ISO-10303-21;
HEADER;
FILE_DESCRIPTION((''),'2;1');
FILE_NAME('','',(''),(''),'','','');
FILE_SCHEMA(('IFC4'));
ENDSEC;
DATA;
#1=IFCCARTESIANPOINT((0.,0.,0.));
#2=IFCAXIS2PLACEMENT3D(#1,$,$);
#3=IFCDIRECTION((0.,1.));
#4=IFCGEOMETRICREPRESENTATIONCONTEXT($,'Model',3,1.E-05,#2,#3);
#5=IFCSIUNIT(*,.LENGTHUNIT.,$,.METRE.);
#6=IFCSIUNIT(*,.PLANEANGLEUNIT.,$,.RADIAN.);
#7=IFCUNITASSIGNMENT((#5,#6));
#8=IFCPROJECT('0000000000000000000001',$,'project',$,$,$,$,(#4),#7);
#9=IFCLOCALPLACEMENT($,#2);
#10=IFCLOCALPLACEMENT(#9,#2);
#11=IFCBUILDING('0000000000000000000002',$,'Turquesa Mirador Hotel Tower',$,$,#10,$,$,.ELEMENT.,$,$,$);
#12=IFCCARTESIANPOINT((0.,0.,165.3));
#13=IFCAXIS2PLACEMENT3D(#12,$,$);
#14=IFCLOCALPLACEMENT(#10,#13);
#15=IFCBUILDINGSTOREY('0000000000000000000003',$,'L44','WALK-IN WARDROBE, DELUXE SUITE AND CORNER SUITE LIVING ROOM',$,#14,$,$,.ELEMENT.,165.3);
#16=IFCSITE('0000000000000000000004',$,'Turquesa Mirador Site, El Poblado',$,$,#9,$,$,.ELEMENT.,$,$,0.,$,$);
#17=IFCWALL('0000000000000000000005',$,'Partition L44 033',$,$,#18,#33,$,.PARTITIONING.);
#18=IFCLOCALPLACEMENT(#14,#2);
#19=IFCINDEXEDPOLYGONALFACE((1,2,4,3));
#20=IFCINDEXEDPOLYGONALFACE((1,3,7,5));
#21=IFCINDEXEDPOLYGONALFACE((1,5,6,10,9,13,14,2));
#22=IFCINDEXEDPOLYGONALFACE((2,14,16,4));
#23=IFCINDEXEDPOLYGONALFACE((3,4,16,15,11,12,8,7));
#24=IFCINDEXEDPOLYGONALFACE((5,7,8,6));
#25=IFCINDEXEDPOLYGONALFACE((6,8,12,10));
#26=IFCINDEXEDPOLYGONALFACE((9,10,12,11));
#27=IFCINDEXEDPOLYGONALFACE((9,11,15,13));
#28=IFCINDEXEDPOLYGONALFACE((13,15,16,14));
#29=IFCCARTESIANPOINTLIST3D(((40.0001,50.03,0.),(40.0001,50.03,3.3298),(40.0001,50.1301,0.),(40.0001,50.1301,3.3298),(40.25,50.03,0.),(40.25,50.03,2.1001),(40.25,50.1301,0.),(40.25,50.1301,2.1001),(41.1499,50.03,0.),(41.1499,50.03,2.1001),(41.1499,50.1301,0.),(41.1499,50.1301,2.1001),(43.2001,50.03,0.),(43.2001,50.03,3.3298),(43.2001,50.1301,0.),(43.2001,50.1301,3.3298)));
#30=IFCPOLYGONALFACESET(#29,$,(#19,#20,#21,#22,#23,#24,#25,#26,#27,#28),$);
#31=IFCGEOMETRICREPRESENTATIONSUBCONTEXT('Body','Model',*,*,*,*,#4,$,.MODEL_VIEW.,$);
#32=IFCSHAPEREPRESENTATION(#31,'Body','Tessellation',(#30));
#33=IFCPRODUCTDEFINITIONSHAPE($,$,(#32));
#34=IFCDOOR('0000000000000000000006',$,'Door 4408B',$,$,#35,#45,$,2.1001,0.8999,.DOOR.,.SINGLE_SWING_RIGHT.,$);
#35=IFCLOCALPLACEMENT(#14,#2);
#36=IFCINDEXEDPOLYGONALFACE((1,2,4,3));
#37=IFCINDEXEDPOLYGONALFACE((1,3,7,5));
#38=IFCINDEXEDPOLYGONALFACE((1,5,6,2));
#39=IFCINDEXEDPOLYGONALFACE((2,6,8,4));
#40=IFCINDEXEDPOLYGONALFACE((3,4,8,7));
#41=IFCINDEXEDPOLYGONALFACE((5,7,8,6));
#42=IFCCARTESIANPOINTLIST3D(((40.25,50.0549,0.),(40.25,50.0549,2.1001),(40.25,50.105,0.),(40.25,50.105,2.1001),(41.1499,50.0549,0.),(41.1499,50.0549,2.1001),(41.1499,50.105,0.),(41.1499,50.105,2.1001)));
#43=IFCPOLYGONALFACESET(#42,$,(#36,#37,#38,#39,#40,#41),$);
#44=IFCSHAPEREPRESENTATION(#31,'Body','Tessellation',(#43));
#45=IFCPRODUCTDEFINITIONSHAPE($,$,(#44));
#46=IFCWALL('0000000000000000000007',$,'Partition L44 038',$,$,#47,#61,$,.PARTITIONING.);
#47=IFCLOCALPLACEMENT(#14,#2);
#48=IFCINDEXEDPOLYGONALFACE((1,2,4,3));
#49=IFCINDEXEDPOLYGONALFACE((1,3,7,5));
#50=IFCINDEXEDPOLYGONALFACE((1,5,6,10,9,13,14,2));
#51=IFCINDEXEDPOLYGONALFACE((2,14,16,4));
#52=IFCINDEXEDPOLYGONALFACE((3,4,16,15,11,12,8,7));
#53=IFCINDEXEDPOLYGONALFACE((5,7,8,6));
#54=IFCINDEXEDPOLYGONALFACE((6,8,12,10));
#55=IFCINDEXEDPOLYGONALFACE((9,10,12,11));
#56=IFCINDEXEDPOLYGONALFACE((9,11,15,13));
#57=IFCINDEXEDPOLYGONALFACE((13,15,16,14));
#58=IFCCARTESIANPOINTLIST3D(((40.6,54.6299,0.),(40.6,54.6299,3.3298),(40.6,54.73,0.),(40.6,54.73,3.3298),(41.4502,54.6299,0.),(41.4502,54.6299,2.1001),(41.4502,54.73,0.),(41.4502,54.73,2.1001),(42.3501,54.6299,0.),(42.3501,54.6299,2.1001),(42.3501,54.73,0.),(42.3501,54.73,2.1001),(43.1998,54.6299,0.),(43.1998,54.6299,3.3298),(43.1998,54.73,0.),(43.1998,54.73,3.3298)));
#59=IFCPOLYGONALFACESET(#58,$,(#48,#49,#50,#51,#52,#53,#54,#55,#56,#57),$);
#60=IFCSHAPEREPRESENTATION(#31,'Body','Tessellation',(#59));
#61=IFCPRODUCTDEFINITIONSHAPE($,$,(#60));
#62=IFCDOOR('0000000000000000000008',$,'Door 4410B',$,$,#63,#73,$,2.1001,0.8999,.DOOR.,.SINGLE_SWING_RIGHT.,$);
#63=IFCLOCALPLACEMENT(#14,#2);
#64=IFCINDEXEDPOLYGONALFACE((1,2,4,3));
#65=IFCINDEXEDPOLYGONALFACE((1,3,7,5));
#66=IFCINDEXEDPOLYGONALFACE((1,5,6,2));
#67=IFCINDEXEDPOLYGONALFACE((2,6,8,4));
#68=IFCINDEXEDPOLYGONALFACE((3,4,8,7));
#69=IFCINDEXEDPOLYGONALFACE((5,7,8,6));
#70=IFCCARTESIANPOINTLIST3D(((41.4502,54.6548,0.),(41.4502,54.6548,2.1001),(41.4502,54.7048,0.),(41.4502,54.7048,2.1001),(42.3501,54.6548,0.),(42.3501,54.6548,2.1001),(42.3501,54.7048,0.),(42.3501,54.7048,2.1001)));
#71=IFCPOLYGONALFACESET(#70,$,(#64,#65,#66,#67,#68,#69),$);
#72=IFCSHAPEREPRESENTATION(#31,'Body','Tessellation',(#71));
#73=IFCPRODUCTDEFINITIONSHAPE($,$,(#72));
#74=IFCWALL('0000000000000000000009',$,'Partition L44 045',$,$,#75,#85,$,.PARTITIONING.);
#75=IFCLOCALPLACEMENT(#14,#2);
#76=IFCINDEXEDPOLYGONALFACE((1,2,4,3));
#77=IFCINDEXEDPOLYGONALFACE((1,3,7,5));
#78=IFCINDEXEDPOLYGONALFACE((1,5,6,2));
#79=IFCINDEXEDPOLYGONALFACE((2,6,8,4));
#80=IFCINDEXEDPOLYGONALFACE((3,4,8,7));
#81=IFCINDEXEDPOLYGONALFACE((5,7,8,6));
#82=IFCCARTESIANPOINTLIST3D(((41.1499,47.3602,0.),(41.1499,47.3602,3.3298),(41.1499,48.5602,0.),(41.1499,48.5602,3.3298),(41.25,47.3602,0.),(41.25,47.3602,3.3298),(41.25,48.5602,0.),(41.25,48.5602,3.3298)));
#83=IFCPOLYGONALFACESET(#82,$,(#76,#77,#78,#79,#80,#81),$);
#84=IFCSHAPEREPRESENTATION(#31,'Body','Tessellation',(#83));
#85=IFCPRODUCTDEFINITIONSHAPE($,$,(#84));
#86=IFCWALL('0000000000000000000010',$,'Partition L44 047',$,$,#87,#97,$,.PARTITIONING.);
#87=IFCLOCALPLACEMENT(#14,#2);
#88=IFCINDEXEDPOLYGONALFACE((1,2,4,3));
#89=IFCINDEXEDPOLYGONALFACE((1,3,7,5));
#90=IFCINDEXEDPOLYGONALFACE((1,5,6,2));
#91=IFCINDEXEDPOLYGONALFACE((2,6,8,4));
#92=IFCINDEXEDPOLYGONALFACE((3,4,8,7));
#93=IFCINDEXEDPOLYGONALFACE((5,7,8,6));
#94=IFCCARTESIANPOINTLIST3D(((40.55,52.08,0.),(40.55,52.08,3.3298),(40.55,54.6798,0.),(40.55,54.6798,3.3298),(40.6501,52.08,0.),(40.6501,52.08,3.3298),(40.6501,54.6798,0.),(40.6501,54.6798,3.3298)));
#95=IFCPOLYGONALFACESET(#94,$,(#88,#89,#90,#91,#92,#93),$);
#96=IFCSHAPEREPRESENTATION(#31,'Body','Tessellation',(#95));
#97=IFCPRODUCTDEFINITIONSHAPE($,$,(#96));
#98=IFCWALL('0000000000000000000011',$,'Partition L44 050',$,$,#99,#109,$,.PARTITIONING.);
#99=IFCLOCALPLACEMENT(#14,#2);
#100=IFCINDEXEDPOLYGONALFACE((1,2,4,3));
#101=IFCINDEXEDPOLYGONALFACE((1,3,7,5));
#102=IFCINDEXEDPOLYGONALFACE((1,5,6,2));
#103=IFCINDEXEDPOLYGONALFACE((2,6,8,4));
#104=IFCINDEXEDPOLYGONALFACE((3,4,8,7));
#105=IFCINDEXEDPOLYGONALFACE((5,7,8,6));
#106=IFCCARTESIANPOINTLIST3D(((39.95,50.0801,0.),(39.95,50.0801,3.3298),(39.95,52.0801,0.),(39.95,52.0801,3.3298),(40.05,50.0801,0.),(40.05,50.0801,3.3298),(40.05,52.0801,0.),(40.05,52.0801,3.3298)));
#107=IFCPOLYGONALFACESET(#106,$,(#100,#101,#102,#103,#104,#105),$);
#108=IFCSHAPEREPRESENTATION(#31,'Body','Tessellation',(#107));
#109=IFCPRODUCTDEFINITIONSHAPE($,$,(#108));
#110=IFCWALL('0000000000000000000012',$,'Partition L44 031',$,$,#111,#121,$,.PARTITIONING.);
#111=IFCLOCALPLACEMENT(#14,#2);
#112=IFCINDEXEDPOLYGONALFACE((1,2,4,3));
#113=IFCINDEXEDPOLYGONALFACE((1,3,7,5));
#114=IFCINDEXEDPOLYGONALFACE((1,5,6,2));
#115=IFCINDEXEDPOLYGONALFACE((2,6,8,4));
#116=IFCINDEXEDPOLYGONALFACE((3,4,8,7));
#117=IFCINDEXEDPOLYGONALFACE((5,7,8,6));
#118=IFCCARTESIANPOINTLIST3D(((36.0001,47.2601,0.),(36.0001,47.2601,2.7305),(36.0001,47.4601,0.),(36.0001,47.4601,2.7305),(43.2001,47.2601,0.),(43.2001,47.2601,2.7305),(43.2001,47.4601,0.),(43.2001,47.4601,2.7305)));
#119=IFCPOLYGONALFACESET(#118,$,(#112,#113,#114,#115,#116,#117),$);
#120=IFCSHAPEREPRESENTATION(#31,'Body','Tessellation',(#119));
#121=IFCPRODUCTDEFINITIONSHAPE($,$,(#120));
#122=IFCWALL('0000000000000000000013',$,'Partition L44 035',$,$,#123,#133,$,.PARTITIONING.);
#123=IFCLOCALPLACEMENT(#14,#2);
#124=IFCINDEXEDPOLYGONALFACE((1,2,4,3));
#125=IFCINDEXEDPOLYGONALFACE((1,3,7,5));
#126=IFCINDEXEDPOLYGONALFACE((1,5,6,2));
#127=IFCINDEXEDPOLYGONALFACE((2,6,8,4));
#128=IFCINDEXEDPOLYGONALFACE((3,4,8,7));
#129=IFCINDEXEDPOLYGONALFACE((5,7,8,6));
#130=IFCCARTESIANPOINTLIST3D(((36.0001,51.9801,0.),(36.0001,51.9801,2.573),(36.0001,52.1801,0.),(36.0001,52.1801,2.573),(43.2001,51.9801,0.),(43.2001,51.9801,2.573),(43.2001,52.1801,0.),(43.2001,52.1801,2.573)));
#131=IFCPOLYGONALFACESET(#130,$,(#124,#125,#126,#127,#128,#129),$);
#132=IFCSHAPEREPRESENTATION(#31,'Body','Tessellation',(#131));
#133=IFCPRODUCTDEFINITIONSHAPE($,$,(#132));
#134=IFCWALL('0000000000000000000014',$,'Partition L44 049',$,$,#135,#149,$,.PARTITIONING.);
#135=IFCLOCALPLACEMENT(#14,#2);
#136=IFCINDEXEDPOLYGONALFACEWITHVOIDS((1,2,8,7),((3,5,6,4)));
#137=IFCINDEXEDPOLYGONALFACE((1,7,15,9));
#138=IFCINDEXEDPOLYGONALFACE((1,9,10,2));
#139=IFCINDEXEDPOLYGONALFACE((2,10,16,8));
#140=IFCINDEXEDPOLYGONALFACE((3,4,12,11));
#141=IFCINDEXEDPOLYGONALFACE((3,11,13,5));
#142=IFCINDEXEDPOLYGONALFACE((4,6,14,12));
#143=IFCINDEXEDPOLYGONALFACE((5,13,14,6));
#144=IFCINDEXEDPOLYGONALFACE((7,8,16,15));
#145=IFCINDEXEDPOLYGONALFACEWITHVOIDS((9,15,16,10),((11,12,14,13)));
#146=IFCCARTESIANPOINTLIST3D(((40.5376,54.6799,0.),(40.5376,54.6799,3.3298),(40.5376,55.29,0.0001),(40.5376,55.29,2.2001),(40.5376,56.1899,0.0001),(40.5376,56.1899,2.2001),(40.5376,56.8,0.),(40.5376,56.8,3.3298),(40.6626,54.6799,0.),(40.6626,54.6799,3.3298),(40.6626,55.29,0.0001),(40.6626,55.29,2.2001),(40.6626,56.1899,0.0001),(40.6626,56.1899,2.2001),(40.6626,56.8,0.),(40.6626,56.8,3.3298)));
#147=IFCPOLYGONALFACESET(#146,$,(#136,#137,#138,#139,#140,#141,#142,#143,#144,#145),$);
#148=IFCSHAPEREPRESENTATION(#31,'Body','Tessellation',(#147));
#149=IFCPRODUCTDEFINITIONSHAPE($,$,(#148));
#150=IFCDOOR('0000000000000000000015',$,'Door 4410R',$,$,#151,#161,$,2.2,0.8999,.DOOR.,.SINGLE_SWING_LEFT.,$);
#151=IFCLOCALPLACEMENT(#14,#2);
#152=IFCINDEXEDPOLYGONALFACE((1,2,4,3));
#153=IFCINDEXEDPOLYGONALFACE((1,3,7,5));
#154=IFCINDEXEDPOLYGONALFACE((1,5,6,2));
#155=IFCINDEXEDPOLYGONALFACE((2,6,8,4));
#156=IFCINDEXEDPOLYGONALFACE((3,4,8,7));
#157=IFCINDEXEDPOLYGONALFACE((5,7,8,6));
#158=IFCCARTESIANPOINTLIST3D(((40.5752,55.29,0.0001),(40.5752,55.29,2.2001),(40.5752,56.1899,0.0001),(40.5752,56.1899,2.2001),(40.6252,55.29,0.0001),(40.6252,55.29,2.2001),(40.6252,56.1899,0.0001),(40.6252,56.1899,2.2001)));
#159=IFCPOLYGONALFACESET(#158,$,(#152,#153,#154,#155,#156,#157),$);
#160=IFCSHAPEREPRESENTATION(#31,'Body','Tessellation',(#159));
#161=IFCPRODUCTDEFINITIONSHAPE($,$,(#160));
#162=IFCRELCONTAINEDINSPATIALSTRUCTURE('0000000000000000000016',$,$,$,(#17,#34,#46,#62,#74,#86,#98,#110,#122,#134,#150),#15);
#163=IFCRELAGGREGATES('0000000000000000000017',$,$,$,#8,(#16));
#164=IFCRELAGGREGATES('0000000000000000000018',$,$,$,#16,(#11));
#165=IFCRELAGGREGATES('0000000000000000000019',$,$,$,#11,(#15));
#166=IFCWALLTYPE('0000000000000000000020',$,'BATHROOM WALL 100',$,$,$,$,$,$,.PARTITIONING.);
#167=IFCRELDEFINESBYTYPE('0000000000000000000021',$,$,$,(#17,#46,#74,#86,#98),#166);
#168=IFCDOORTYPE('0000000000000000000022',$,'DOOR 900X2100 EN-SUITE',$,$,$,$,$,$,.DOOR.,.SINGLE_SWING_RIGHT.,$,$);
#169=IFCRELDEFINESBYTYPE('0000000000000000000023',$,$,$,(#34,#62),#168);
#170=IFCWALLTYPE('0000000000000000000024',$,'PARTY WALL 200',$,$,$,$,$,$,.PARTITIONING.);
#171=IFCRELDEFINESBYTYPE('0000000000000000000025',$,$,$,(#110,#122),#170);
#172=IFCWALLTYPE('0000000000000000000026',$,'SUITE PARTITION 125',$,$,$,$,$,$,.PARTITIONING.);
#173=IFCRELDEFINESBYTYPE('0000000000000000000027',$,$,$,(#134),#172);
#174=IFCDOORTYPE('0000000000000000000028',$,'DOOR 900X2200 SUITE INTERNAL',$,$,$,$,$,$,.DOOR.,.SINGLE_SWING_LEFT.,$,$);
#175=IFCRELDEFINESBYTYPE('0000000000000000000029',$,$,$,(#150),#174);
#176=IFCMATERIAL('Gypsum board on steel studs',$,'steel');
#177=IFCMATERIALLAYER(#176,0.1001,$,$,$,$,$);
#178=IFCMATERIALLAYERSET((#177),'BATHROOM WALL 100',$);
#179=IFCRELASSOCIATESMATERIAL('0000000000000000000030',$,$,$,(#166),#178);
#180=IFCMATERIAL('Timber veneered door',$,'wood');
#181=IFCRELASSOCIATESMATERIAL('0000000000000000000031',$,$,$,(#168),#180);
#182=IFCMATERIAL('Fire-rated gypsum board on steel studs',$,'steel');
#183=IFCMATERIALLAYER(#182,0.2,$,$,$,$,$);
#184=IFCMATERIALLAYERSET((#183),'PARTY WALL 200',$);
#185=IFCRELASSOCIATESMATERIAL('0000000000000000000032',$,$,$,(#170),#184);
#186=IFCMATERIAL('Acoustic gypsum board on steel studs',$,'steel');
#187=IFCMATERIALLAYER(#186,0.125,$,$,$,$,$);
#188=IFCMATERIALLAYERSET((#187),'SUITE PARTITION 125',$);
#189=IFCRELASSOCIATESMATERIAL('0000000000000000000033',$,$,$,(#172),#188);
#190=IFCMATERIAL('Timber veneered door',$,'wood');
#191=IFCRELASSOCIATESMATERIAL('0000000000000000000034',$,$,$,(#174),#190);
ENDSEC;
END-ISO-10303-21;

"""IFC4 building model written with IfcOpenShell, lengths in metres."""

from ifc_helpers import new_model, si_unit, direction, frame, frame_2d, origin, place, context, subcontext, project, spatial, rectangle, extrude, material, layer, layer_set, type_object, element, fill, save


model = new_model("IFC4")

# Units and contexts
model_context = context("Model", 3, precision=1e-05, world=origin(), true_north=direction((0.0, 1.0)))
body_context = subcontext(model_context, "Body", "Model", "MODEL_VIEW")
ifc_project = project(units=[si_unit("LENGTHUNIT", "METRE"), si_unit("PLANEANGLEUNIT", "RADIAN")], contexts=[model_context])

# Site, building, storey
site_placement = place(None, origin())
site = spatial("IfcSite", under=ifc_project, at=site_placement, Name="Turquesa Mirador Site, El Poblado", CompositionType="ELEMENT", RefElevation=0.0)
building_placement = place(site_placement, origin())
building = spatial("IfcBuilding", under=site, at=building_placement, Name="Turquesa Mirador Hotel Tower", CompositionType="ELEMENT")
storey_placement = place(building_placement, frame((0.0, 0.0, 165.3)))
storey = spatial("IfcBuildingStorey", under=building, at=storey_placement, Name="L44", Description="WALK-IN WARDROBE, DELUXE SUITE AND CORNER SUITE LIVING ROOM", CompositionType="ELEMENT", Elevation=165.3)

# Walls, openings, doors
ifc_material_1 = material(Name="Gypsum board on steel studs", Category="steel")
ifc_layer_1 = layer(ifc_material_1, 0.1001)
ifc_layer_set_1 = layer_set([ifc_layer_1], Name="BATHROOM WALL 100")
wall_type_1 = type_object("IfcWallType", Name="BATHROOM WALL 100", PredefinedType="PARTITIONING", material=ifc_layer_set_1)
wall_1_placement = place(storey_placement, frame((40.0, 50.0801, 0.0), z_axis=(0.0, 0.0, 1.0), x_axis=(1.0, 0.0, 0.0)))
wall_1 = element("IfcWall", 1, at=wall_1_placement, inside=storey, type_object=wall_type_1, Name="Partition L44 033", PredefinedType="PARTITIONING", context=body_context, shape_type="SweptSolid", body=[
    extrude(rectangle(XDim=3.2, YDim=0.1001, at=frame_2d((1.6001, 0.0))), origin(), (0.0, 0.0, 1.0), 3.3298),
])
opening_1_placement = place(wall_1_placement, frame((0.25, 0.0, 0.0)))
opening_1 = element("IfcOpeningElement", 2, at=opening_1_placement, cuts=wall_1, PredefinedType="OPENING", context=body_context, shape_type="SweptSolid", body=[
    extrude(rectangle(XDim=0.8999, YDim=2.1001, at=frame_2d((0.45, 1.05))), frame((0.0, 0.0601, 0.0), z_axis=(0.0, -1.0, 0.0), x_axis=(1.0, 0.0, 0.0)), (0.0, 0.0, 1.0), 0.1201),
])
ifc_material_2 = material(Name="Timber veneered door", Category="wood")
door_type_1 = type_object("IfcDoorType", Name="DOOR 900X2100 EN-SUITE", OperationType="SINGLE_SWING_RIGHT", PredefinedType="DOOR", material=ifc_material_2)
door_1_placement = place(opening_1_placement, origin())
door_1 = element("IfcDoor", 3, at=door_1_placement, inside=storey, type_object=door_type_1, Name="Door 4408B", OperationType="SINGLE_SWING_RIGHT", OverallHeight=2.1001, OverallWidth=0.8999, PredefinedType="DOOR", context=body_context, shape_type="SweptSolid", body=[
    extrude(rectangle(XDim=0.8999, YDim=2.1001, at=frame_2d((0.45, 1.05))), frame((0.0, 0.0249, 0.0), z_axis=(0.0, -1.0, 0.0), x_axis=(1.0, 0.0, 0.0)), (0.0, 0.0, 1.0), 0.05),
])
fill(opening_1, door_1)
wall_2_placement = place(storey_placement, frame((40.6001, 54.6799, 0.0), z_axis=(0.0, 0.0, 1.0), x_axis=(1.0, 0.0, 0.0)))
wall_2 = element("IfcWall", 4, at=wall_2_placement, inside=storey, type_object=wall_type_1, Name="Partition L44 038", PredefinedType="PARTITIONING", context=body_context, shape_type="SweptSolid", body=[
    extrude(rectangle(XDim=2.5999, YDim=0.1001, at=frame_2d((1.2998, 0.0))), origin(), (0.0, 0.0, 1.0), 3.3298),
])
opening_2_placement = place(wall_2_placement, frame((0.8501, 0.0, 0.0)))
opening_2 = element("IfcOpeningElement", 5, at=opening_2_placement, cuts=wall_2, PredefinedType="OPENING", context=body_context, shape_type="SweptSolid", body=[
    extrude(rectangle(XDim=0.8999, YDim=2.1001, at=frame_2d((0.45, 1.05))), frame((0.0, 0.0601, 0.0), z_axis=(0.0, -1.0, 0.0), x_axis=(1.0, 0.0, 0.0)), (0.0, 0.0, 1.0), 0.1201),
])
door_2_placement = place(opening_2_placement, origin())
door_2 = element("IfcDoor", 6, at=door_2_placement, inside=storey, type_object=door_type_1, Name="Door 4410B", OperationType="SINGLE_SWING_RIGHT", OverallHeight=2.1001, OverallWidth=0.8999, PredefinedType="DOOR", context=body_context, shape_type="SweptSolid", body=[
    extrude(rectangle(XDim=0.8999, YDim=2.1001, at=frame_2d((0.45, 1.05))), frame((0.0, 0.0249, 0.0), z_axis=(0.0, -1.0, 0.0), x_axis=(1.0, 0.0, 0.0)), (0.0, 0.0, 1.0), 0.05),
])
fill(opening_2, door_2)

# Walls
wall_3_placement = place(storey_placement, frame((41.2, 47.3601, 0.0), z_axis=(0.0, 0.0, 1.0), x_axis=(0.0, 1.0, 0.0)))
element("IfcWall", 7, at=wall_3_placement, inside=storey, type_object=wall_type_1, Name="Partition L44 045", PredefinedType="PARTITIONING", context=body_context, shape_type="SweptSolid", body=[
    extrude(rectangle(XDim=1.2, YDim=0.1001, at=frame_2d((0.6001, 0.0))), origin(), (0.0, 0.0, 1.0), 3.3298),
])
wall_4_placement = place(storey_placement, frame((40.6001, 52.0801, 0.0), z_axis=(0.0, 0.0, 1.0), x_axis=(0.0, 1.0, 0.0)))
element("IfcWall", 8, at=wall_4_placement, inside=storey, type_object=wall_type_1, Name="Partition L44 047", PredefinedType="PARTITIONING", context=body_context, shape_type="SweptSolid", body=[
    extrude(rectangle(XDim=2.5999, YDim=0.1001, at=frame_2d((1.2998, 0.0))), origin(), (0.0, 0.0, 1.0), 3.3298),
])
wall_5_placement = place(storey_placement, frame((40.0, 50.0801, 0.0), z_axis=(0.0, 0.0, 1.0), x_axis=(0.0, 1.0, 0.0)))
element("IfcWall", 9, at=wall_5_placement, inside=storey, type_object=wall_type_1, Name="Partition L44 050", PredefinedType="PARTITIONING", context=body_context, shape_type="SweptSolid", body=[
    extrude(rectangle(XDim=2.0, YDim=0.1001, at=frame_2d((1.0, 0.0))), origin(), (0.0, 0.0, 1.0), 3.3298),
])
ifc_material_3 = material(Name="Fire-rated gypsum board on steel studs", Category="steel")
ifc_layer_2 = layer(ifc_material_3, 0.2)
ifc_layer_set_2 = layer_set([ifc_layer_2], Name="PARTY WALL 200")
wall_type_2 = type_object("IfcWallType", Name="PARTY WALL 200", PredefinedType="PARTITIONING", material=ifc_layer_set_2)
wall_6_placement = place(storey_placement, frame((36.0, 47.3601, 0.0), z_axis=(0.0, 0.0, 1.0), x_axis=(1.0, 0.0, 0.0)))
element("IfcWall", 10, at=wall_6_placement, inside=storey, type_object=wall_type_2, Name="Partition L44 031", PredefinedType="PARTITIONING", context=body_context, shape_type="SweptSolid", body=[
    extrude(rectangle(XDim=7.2, YDim=0.2, at=frame_2d((3.6001, 0.0))), origin(), (0.0, 0.0, 1.0), 2.7305),
])
wall_7_placement = place(storey_placement, frame((36.0, 52.0801, 0.0), z_axis=(0.0, 0.0, 1.0), x_axis=(1.0, 0.0, 0.0)))
element("IfcWall", 11, at=wall_7_placement, inside=storey, type_object=wall_type_2, Name="Partition L44 035", PredefinedType="PARTITIONING", context=body_context, shape_type="SweptSolid", body=[
    extrude(rectangle(XDim=7.2, YDim=0.2, at=frame_2d((3.6001, 0.0))), origin(), (0.0, 0.0, 1.0), 2.573),
])

# Wall, opening, door
ifc_material_4 = material(Name="Acoustic gypsum board on steel studs", Category="steel")
ifc_layer_3 = layer(ifc_material_4, 0.125)
ifc_layer_set_3 = layer_set([ifc_layer_3], Name="SUITE PARTITION 125")
wall_type_3 = type_object("IfcWallType", Name="SUITE PARTITION 125", PredefinedType="PARTITIONING", material=ifc_layer_set_3)
wall_8_placement = place(storey_placement, frame((40.6001, 54.6799, 0.0), z_axis=(0.0, 0.0, 1.0), x_axis=(0.0, 1.0, 0.0)))
wall_8 = element("IfcWall", 12, at=wall_8_placement, inside=storey, type_object=wall_type_3, Name="Partition L44 049", PredefinedType="PARTITIONING", context=body_context, shape_type="SweptSolid", body=[
    extrude(rectangle(XDim=2.1201, YDim=0.125, at=frame_2d((1.0601, 0.0))), origin(), (0.0, 0.0, 1.0), 3.3298),
])
opening_3_placement = place(wall_8_placement, frame((0.6101, 0.0, 0.0)))
opening_3 = element("IfcOpeningElement", 13, at=opening_3_placement, cuts=wall_8, PredefinedType="OPENING", context=body_context, shape_type="SweptSolid", body=[
    extrude(rectangle(XDim=0.8999, YDim=2.2, at=frame_2d((0.45, 1.1001))), frame((0.0, 0.0725, 0.0), z_axis=(0.0, -1.0, 0.0), x_axis=(1.0, 0.0, 0.0)), (0.0, 0.0, 1.0), 0.145),
])
ifc_material_5 = material(Name="Timber veneered door", Category="wood")
door_type_2 = type_object("IfcDoorType", Name="DOOR 900X2200 SUITE INTERNAL", OperationType="SINGLE_SWING_LEFT", PredefinedType="DOOR", material=ifc_material_5)
door_3_placement = place(opening_3_placement, origin())
door_3 = element("IfcDoor", 14, at=door_3_placement, inside=storey, type_object=door_type_2, Name="Door 4410R", OperationType="SINGLE_SWING_LEFT", OverallHeight=2.2, OverallWidth=0.8999, PredefinedType="DOOR", context=body_context, shape_type="SweptSolid", body=[
    extrude(rectangle(XDim=0.8999, YDim=2.2, at=frame_2d((0.45, 1.1001))), frame((0.0, 0.0249, 0.0), z_axis=(0.0, -1.0, 0.0), x_axis=(1.0, 0.0, 0.0)), (0.0, 0.0, 1.0), 0.05),
])
fill(opening_3, door_3)

save(model, "model.ifc")
